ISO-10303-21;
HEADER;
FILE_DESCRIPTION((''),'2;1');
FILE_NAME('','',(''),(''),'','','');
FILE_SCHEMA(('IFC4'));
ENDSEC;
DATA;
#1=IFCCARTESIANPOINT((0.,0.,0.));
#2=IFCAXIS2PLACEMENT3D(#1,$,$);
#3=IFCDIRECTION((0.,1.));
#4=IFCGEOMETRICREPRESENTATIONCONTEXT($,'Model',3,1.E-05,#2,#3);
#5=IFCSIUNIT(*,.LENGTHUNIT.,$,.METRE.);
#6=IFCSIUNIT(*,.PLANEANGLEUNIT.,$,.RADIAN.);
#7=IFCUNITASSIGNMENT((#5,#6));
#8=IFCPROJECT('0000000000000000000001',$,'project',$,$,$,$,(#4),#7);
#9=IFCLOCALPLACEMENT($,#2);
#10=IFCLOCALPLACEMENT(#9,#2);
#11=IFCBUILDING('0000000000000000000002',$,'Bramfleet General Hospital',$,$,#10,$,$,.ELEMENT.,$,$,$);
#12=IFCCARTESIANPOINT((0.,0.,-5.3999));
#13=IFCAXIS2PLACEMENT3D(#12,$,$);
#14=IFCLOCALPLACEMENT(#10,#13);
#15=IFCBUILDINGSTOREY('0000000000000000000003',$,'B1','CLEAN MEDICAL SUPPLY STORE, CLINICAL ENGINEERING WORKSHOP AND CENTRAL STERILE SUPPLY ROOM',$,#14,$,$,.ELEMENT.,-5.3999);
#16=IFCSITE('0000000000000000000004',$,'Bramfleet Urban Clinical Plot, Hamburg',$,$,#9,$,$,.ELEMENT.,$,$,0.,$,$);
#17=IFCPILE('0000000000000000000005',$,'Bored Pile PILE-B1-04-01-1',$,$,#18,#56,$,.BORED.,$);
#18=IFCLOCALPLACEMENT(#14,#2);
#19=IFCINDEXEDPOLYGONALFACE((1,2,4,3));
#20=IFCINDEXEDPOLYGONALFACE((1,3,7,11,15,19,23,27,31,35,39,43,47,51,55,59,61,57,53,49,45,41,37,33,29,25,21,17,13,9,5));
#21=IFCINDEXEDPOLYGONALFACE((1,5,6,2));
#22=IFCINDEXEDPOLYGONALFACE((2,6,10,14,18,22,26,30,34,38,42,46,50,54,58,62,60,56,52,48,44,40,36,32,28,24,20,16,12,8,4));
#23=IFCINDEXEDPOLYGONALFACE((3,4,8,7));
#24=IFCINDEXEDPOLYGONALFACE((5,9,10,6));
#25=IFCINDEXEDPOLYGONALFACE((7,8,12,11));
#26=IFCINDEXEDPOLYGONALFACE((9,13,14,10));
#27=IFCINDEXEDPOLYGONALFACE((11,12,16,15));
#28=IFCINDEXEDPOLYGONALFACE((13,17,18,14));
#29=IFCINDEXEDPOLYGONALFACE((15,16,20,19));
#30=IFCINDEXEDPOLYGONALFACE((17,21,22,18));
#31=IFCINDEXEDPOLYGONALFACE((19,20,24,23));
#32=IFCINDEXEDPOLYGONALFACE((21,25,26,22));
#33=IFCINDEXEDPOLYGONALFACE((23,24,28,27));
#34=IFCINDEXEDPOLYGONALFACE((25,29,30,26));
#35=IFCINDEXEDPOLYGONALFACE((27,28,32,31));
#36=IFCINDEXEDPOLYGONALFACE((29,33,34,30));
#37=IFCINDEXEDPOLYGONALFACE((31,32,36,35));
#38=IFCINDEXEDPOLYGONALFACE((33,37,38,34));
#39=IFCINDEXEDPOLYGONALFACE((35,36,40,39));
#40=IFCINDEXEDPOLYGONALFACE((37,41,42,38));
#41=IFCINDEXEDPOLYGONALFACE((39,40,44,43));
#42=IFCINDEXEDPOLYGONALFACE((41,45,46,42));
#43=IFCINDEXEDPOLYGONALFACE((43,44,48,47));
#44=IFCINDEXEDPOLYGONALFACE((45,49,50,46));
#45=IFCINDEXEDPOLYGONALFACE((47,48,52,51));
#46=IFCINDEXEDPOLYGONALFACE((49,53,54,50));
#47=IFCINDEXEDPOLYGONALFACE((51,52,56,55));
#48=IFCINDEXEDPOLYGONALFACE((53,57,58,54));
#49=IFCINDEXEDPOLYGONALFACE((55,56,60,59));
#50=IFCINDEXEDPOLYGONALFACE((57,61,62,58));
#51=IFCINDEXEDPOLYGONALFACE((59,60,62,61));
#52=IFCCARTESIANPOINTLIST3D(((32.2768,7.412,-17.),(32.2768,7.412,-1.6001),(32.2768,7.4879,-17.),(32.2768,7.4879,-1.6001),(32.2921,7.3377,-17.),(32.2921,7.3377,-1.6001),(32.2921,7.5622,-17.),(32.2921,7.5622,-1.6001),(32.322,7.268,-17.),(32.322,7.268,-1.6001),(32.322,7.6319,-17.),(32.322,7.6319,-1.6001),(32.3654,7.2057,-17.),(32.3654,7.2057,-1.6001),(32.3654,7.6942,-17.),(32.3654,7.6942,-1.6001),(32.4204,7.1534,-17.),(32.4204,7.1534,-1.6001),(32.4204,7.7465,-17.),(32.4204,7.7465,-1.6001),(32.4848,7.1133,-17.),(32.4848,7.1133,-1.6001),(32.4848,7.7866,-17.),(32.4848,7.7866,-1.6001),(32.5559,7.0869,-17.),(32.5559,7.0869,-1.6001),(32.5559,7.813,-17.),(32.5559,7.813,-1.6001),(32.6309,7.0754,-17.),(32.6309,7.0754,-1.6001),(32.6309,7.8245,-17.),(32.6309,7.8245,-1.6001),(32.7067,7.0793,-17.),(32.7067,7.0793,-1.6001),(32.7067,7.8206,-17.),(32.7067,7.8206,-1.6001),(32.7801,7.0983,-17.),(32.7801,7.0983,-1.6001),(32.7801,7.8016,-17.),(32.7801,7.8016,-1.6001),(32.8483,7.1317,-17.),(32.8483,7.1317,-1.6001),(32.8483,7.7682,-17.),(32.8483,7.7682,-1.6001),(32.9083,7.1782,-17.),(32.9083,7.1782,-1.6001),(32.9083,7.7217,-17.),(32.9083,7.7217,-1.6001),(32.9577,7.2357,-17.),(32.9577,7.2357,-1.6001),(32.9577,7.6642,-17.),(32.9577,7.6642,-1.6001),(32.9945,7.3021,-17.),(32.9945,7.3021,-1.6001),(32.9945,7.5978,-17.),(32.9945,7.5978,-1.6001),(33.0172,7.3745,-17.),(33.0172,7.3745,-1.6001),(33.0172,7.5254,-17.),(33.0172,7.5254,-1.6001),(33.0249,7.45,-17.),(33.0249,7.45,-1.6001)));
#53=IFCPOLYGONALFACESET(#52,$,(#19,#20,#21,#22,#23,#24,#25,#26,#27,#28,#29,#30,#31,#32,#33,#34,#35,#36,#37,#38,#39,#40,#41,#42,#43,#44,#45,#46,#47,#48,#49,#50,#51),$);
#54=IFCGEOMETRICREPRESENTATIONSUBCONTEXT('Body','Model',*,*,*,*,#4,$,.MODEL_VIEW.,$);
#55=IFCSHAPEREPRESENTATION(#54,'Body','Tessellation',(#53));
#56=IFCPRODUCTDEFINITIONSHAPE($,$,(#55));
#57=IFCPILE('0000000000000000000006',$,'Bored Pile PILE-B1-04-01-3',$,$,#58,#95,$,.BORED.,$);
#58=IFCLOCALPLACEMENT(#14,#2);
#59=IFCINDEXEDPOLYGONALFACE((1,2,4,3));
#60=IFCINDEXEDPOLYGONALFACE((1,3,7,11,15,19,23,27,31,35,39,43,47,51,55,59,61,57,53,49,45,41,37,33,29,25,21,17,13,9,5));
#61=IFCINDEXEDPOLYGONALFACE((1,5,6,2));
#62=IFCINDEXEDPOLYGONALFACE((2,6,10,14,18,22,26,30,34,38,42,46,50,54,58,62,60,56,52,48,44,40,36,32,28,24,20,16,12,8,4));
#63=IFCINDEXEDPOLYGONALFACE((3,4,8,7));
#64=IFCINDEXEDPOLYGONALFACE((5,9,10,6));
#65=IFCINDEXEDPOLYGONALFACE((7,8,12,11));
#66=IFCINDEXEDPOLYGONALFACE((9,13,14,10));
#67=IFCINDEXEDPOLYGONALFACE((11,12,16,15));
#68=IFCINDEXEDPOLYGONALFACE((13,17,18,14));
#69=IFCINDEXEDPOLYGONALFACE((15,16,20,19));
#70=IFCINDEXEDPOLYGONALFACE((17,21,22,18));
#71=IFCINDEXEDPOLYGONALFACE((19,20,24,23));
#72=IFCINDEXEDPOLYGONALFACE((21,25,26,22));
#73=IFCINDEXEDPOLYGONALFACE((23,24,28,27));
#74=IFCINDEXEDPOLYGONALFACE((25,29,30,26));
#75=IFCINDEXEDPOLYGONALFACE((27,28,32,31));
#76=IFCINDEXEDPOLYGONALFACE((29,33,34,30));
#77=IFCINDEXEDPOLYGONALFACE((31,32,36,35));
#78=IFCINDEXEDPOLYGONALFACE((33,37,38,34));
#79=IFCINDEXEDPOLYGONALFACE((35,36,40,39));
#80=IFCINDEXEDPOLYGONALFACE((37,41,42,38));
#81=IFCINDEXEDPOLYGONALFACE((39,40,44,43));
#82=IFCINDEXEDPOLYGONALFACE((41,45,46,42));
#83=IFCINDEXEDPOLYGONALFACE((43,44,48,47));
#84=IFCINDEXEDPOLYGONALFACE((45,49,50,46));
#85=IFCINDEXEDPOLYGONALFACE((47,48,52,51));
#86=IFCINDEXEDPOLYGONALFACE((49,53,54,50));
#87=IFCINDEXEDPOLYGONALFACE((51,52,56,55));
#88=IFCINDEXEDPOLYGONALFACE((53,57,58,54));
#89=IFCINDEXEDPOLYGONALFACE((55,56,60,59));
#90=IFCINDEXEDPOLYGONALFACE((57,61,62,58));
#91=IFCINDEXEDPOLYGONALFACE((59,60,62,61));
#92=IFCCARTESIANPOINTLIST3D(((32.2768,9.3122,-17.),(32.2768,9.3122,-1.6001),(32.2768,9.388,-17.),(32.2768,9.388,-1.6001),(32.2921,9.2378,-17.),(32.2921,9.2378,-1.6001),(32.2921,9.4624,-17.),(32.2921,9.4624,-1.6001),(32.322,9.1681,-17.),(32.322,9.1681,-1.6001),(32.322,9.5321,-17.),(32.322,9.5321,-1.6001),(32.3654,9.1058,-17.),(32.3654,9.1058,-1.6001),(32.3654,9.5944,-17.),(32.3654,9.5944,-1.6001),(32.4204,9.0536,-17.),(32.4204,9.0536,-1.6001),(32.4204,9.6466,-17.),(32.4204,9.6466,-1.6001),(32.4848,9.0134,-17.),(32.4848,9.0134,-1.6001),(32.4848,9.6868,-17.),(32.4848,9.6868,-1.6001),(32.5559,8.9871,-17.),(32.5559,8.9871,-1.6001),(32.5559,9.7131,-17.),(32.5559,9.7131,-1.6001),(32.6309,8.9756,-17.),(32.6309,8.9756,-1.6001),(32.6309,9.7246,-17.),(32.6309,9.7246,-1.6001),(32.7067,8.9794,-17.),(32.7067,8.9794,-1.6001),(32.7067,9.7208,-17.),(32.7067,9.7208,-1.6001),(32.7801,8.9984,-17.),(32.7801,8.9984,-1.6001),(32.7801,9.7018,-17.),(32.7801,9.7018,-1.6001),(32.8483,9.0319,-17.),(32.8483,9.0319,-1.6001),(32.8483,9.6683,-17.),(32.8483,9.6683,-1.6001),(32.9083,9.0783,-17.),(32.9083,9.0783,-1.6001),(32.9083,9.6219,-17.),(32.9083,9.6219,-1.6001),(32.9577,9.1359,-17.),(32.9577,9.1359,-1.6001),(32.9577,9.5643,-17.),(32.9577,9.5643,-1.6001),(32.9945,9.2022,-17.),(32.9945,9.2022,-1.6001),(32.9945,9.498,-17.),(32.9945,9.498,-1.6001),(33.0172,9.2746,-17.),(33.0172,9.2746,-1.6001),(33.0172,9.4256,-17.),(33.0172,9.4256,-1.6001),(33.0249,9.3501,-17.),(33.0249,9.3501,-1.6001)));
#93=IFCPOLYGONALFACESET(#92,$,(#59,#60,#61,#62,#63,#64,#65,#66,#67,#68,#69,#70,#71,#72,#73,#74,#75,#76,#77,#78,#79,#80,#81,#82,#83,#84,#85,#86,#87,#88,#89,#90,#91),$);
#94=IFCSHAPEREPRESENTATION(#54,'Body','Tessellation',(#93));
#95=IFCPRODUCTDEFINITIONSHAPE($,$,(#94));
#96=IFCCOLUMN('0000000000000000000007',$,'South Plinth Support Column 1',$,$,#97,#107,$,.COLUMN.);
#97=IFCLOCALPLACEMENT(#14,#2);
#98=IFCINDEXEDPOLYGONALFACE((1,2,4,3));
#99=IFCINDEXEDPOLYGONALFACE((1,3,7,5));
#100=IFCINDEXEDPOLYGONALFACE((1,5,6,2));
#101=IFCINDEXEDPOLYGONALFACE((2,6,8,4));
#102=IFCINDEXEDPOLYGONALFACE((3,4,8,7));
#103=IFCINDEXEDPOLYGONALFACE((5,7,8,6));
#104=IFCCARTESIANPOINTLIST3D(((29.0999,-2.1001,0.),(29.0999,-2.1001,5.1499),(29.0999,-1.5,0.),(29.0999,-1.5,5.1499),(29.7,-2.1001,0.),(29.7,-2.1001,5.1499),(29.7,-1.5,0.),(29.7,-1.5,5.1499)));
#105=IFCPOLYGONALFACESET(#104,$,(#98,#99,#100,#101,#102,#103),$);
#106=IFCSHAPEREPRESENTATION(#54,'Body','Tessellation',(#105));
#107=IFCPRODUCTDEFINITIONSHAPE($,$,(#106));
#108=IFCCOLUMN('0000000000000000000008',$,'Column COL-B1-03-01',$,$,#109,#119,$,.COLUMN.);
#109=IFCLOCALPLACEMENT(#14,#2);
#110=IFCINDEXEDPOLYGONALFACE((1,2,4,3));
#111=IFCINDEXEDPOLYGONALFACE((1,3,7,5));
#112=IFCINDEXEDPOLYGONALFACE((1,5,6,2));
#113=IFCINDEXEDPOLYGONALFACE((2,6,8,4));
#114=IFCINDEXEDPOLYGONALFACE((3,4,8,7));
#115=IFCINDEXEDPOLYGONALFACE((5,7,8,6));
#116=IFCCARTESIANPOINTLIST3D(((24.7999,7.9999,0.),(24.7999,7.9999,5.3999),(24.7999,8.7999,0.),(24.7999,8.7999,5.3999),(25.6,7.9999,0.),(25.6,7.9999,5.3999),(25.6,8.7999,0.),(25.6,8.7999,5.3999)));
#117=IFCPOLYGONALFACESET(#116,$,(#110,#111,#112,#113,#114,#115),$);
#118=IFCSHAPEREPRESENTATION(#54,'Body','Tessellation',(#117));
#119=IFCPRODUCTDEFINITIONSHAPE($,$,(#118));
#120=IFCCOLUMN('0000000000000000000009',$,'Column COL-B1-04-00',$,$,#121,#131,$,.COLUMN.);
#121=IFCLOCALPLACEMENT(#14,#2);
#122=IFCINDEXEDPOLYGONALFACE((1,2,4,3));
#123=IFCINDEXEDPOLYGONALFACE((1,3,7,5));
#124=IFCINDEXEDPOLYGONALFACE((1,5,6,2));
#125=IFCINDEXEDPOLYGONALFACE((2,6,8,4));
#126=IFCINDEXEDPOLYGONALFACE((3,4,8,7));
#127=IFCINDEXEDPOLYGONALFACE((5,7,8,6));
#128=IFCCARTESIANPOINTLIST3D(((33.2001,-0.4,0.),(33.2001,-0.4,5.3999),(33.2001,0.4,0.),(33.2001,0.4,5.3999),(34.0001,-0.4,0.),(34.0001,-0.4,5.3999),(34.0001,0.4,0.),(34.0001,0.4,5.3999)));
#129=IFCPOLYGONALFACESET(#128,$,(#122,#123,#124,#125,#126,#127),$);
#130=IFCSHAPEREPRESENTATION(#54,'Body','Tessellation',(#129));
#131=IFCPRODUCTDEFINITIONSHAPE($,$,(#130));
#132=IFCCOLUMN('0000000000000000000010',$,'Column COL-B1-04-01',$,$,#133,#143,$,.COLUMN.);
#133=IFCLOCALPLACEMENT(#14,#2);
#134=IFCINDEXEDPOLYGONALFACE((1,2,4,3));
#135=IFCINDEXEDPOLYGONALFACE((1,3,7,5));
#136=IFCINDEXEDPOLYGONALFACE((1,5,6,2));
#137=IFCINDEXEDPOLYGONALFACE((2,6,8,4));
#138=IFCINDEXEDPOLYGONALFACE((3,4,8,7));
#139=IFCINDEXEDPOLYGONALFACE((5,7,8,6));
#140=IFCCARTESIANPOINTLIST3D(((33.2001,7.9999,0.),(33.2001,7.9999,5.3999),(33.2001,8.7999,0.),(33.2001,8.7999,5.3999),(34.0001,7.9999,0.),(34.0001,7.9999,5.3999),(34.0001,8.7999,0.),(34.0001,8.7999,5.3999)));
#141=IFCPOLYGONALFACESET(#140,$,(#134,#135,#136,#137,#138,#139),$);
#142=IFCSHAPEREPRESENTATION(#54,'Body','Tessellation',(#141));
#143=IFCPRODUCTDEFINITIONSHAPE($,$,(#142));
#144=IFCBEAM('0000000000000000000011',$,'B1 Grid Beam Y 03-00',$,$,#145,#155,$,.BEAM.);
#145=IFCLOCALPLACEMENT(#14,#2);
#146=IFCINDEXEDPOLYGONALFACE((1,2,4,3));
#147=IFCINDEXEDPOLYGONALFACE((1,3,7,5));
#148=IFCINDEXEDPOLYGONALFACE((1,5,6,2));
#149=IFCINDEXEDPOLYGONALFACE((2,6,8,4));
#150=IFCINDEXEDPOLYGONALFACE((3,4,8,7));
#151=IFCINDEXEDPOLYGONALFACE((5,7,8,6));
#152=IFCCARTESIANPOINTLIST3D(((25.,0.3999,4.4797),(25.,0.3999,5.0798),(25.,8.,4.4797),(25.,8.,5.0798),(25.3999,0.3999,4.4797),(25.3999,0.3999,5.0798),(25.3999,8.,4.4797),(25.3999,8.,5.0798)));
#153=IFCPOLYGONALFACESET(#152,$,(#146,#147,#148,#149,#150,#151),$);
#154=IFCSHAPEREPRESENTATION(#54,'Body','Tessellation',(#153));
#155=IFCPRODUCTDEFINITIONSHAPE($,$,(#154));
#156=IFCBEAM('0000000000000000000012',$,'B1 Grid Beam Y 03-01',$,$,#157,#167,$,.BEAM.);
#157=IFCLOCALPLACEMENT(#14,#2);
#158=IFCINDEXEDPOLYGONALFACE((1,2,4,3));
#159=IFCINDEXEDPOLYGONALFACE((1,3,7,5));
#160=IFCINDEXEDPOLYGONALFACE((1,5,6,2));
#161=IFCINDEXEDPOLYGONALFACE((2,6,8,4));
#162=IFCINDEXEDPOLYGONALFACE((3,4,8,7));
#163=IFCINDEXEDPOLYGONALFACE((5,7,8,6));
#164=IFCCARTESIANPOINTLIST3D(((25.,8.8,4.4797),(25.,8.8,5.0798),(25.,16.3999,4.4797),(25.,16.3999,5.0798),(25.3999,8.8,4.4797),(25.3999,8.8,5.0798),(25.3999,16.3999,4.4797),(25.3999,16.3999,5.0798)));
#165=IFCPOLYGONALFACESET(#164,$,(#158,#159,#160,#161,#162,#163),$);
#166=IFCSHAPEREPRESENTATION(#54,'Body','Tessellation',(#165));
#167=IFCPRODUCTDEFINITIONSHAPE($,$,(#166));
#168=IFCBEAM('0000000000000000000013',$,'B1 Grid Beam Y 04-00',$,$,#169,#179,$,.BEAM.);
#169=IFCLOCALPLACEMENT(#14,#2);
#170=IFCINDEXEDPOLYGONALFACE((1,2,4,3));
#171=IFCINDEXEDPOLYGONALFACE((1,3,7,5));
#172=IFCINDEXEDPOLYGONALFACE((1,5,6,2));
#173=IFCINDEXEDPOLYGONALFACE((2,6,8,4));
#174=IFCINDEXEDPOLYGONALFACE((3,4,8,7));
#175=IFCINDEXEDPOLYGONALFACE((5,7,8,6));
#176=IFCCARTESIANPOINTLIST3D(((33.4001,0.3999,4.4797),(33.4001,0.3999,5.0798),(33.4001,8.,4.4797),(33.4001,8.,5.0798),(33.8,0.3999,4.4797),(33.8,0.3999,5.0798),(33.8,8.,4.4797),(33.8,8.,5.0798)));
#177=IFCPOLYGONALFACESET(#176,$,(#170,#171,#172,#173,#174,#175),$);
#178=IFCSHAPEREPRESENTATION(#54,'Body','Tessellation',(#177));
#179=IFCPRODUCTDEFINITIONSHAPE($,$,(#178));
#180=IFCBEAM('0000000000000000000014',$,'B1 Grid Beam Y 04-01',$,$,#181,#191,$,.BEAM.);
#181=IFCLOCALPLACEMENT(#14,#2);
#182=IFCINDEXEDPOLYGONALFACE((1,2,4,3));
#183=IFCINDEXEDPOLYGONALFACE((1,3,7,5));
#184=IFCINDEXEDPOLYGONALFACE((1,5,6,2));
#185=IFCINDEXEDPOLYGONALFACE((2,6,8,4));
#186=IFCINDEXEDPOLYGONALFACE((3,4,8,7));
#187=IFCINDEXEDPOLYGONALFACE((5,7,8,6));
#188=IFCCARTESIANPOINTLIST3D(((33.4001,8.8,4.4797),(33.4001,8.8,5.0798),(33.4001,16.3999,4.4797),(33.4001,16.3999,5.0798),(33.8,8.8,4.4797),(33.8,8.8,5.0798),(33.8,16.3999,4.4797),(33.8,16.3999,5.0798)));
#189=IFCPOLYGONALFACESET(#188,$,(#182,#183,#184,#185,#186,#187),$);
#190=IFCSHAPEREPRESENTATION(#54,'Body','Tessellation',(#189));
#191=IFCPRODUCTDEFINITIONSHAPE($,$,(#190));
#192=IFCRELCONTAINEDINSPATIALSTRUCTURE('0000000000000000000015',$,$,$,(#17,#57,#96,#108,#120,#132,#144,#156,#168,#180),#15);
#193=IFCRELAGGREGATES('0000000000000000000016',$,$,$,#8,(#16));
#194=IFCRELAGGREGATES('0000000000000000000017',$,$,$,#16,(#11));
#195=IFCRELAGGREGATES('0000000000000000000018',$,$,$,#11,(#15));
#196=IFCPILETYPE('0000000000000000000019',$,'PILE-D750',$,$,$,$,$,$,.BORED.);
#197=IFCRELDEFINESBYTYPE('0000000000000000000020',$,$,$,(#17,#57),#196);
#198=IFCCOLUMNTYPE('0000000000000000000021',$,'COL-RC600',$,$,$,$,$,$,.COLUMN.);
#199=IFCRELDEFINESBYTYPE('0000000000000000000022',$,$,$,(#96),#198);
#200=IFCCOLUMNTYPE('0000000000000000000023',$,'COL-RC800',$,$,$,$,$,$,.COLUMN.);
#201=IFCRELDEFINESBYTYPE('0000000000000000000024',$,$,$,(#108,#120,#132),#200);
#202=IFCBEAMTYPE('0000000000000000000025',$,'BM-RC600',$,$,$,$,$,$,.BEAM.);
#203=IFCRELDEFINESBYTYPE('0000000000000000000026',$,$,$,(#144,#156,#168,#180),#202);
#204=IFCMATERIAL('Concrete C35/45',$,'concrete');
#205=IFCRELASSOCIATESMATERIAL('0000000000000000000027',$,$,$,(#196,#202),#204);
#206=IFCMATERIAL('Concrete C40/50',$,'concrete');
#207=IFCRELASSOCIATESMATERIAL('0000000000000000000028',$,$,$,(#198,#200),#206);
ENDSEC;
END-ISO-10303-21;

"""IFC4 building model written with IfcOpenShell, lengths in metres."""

from ifc_helpers import new_model, si_unit, direction, frame, origin, origin_2d, place, context, subcontext, project, spatial, rectangle, circle, extrude, material, material_profile, profile_set, type_object, element, save


model = new_model("IFC4")

# Units and contexts
model_context = context("Model", 3, precision=1e-05, world=origin(), true_north=direction((0.0, 1.0)))
body_context = subcontext(model_context, "Body", "Model", "MODEL_VIEW")
ifc_project = project(units=[si_unit("LENGTHUNIT", "METRE"), si_unit("PLANEANGLEUNIT", "RADIAN")], contexts=[model_context])

# Site, building, storey
site_placement = place(None, origin())
site = spatial("IfcSite", under=ifc_project, at=site_placement, Name="Bramfleet Urban Clinical Plot, Hamburg", CompositionType="ELEMENT", RefElevation=0.0)
building_placement = place(site_placement, origin())
building = spatial("IfcBuilding", under=site, at=building_placement, Name="Bramfleet General Hospital", CompositionType="ELEMENT")
storey_placement = place(building_placement, frame((0.0, 0.0, -5.3999)))
storey = spatial("IfcBuildingStorey", under=building, at=storey_placement, Name="B1", Description="CLEAN MEDICAL SUPPLY STORE, CLINICAL ENGINEERING WORKSHOP AND CENTRAL STERILE SUPPLY ROOM", CompositionType="ELEMENT", Elevation=-5.3999)

# Shared definitions
ifc_material_1 = material(Name="Concrete C35/45", Category="concrete")

# Piles
ifc_material_profile_1 = material_profile(ifc_material_1, circle(Radius=0.375, at=origin_2d()), Name="PILE BORED D750")
ifc_profile_set_1 = profile_set([ifc_material_profile_1], Name="Concrete C35/45")
pile_type = type_object("IfcPileType", Name="PILE-D750", PredefinedType="BORED", material=ifc_profile_set_1)
for number, where, z_axis, x_axis, name in (
    (1, (32.6499, 7.45, -1.6001), (0.0, 0.0, -1.0), (1.0, 0.0, 0.0), "Bored Pile PILE-B1-04-01-1"),
    (2, (32.6499, 9.3501, -1.6001), (0.0, 0.0, -1.0), (1.0, 0.0, 0.0), "Bored Pile PILE-B1-04-01-3"),
):
    element("IfcPile", number, at=place(storey_placement, frame(where, z_axis=z_axis, x_axis=x_axis)), inside=storey, type_object=pile_type, Name=name, PredefinedType="BORED", context=body_context, shape_type="SweptSolid", body=[
        extrude(circle(Radius=0.375, at=origin_2d()), origin(), (0.0, 0.0, 1.0), 15.3999),
    ])

# Columns
ifc_material_2 = material(Name="Concrete C40/50", Category="concrete")
ifc_material_profile_2 = material_profile(ifc_material_2, rectangle(XDim=0.6001, YDim=0.6001, at=origin_2d()), Name="RC COL 600x600")
ifc_profile_set_2 = profile_set([ifc_material_profile_2], Name="Concrete C40/50")
column_type_1 = type_object("IfcColumnType", Name="COL-RC600", PredefinedType="COLUMN", material=ifc_profile_set_2)
column_placement = place(storey_placement, frame((29.3999, -1.8, 0.0), z_axis=(0.0, 0.0, 1.0), x_axis=(1.0, 0.0, 0.0)))
element("IfcColumn", 3, at=column_placement, inside=storey, type_object=column_type_1, Name="South Plinth Support Column 1", PredefinedType="COLUMN", context=body_context, shape_type="SweptSolid", body=[
    extrude(rectangle(XDim=0.6001, YDim=0.6001, at=origin_2d()), origin(), (0.0, 0.0, 1.0), 5.1499),
])
ifc_material_profile_3 = material_profile(ifc_material_2, rectangle(XDim=0.8, YDim=0.8, at=origin_2d()), Name="RC COL 800x800")
ifc_profile_set_3 = profile_set([ifc_material_profile_3], Name="Concrete C40/50")
column_type_2 = type_object("IfcColumnType", Name="COL-RC800", PredefinedType="COLUMN", material=ifc_profile_set_3)
for number, where, z_axis, x_axis, name in (
    (4, (25.2, 8.3999, 0.0), (0.0, 0.0, 1.0), (1.0, 0.0, 0.0), "Column COL-B1-03-01"),
    (5, (33.6001, 0.0, 0.0), (0.0, 0.0, 1.0), (1.0, 0.0, 0.0), "Column COL-B1-04-00"),
    (6, (33.6001, 8.3999, 0.0), (0.0, 0.0, 1.0), (1.0, 0.0, 0.0), "Column COL-B1-04-01"),
):
    element("IfcColumn", number, at=place(storey_placement, frame(where, z_axis=z_axis, x_axis=x_axis)), inside=storey, type_object=column_type_2, Name=name, PredefinedType="COLUMN", context=body_context, shape_type="SweptSolid", body=[
        extrude(rectangle(XDim=0.8, YDim=0.8, at=origin_2d()), origin(), (0.0, 0.0, 1.0), 5.3999),
    ])

# Beams
ifc_material_profile_4 = material_profile(ifc_material_1, rectangle(XDim=0.3999, YDim=0.6001, at=origin_2d()), Name="RC BM 600x400")
ifc_profile_set_4 = profile_set([ifc_material_profile_4], Name="Concrete C35/45")
beam_type_1 = type_object("IfcBeamType", Name="BM-RC600", PredefinedType="BEAM", material=ifc_profile_set_4)
beam_1_placement = place(storey_placement, frame((25.2, 0.3999, 4.7798), z_axis=(0.0, 1.0, 0.0), x_axis=(-1.0, 0.0, 0.0)))
element("IfcBeam", 7, at=beam_1_placement, inside=storey, type_object=beam_type_1, Name="B1 Grid Beam Y 03-00", PredefinedType="BEAM", context=body_context, shape_type="SweptSolid", body=[
    extrude(rectangle(XDim=0.3999, YDim=0.6001, at=origin_2d()), origin(), (0.0, 0.0, 1.0), 7.6001),
])
beam_2_placement = place(storey_placement, frame((25.2, 8.8, 4.7798), z_axis=(0.0, 1.0, 0.0), x_axis=(-1.0, 0.0, 0.0)))
element("IfcBeam", 8, at=beam_2_placement, inside=storey, type_object=beam_type_1, Name="B1 Grid Beam Y 03-01", PredefinedType="BEAM", context=body_context, shape_type="SweptSolid", body=[
    extrude(rectangle(XDim=0.3999, YDim=0.6001, at=origin_2d()), origin(), (0.0, 0.0, 1.0), 7.5999),
])
beam_3_placement = place(storey_placement, frame((33.6001, 0.3999, 4.7798), z_axis=(0.0, 1.0, 0.0), x_axis=(-1.0, 0.0, 0.0)))
element("IfcBeam", 9, at=beam_3_placement, inside=storey, type_object=beam_type_1, Name="B1 Grid Beam Y 04-00", PredefinedType="BEAM", context=body_context, shape_type="SweptSolid", body=[
    extrude(rectangle(XDim=0.3999, YDim=0.6001, at=origin_2d()), origin(), (0.0, 0.0, 1.0), 7.6001),
])
beam_4_placement = place(storey_placement, frame((33.6001, 8.8, 4.7798), z_axis=(0.0, 1.0, 0.0), x_axis=(-1.0, 0.0, 0.0)))
element("IfcBeam", 10, at=beam_4_placement, inside=storey, type_object=beam_type_1, Name="B1 Grid Beam Y 04-01", PredefinedType="BEAM", context=body_context, shape_type="SweptSolid", body=[
    extrude(rectangle(XDim=0.3999, YDim=0.6001, at=origin_2d()), origin(), (0.0, 0.0, 1.0), 7.5999),
])

save(model, "model.ifc")
